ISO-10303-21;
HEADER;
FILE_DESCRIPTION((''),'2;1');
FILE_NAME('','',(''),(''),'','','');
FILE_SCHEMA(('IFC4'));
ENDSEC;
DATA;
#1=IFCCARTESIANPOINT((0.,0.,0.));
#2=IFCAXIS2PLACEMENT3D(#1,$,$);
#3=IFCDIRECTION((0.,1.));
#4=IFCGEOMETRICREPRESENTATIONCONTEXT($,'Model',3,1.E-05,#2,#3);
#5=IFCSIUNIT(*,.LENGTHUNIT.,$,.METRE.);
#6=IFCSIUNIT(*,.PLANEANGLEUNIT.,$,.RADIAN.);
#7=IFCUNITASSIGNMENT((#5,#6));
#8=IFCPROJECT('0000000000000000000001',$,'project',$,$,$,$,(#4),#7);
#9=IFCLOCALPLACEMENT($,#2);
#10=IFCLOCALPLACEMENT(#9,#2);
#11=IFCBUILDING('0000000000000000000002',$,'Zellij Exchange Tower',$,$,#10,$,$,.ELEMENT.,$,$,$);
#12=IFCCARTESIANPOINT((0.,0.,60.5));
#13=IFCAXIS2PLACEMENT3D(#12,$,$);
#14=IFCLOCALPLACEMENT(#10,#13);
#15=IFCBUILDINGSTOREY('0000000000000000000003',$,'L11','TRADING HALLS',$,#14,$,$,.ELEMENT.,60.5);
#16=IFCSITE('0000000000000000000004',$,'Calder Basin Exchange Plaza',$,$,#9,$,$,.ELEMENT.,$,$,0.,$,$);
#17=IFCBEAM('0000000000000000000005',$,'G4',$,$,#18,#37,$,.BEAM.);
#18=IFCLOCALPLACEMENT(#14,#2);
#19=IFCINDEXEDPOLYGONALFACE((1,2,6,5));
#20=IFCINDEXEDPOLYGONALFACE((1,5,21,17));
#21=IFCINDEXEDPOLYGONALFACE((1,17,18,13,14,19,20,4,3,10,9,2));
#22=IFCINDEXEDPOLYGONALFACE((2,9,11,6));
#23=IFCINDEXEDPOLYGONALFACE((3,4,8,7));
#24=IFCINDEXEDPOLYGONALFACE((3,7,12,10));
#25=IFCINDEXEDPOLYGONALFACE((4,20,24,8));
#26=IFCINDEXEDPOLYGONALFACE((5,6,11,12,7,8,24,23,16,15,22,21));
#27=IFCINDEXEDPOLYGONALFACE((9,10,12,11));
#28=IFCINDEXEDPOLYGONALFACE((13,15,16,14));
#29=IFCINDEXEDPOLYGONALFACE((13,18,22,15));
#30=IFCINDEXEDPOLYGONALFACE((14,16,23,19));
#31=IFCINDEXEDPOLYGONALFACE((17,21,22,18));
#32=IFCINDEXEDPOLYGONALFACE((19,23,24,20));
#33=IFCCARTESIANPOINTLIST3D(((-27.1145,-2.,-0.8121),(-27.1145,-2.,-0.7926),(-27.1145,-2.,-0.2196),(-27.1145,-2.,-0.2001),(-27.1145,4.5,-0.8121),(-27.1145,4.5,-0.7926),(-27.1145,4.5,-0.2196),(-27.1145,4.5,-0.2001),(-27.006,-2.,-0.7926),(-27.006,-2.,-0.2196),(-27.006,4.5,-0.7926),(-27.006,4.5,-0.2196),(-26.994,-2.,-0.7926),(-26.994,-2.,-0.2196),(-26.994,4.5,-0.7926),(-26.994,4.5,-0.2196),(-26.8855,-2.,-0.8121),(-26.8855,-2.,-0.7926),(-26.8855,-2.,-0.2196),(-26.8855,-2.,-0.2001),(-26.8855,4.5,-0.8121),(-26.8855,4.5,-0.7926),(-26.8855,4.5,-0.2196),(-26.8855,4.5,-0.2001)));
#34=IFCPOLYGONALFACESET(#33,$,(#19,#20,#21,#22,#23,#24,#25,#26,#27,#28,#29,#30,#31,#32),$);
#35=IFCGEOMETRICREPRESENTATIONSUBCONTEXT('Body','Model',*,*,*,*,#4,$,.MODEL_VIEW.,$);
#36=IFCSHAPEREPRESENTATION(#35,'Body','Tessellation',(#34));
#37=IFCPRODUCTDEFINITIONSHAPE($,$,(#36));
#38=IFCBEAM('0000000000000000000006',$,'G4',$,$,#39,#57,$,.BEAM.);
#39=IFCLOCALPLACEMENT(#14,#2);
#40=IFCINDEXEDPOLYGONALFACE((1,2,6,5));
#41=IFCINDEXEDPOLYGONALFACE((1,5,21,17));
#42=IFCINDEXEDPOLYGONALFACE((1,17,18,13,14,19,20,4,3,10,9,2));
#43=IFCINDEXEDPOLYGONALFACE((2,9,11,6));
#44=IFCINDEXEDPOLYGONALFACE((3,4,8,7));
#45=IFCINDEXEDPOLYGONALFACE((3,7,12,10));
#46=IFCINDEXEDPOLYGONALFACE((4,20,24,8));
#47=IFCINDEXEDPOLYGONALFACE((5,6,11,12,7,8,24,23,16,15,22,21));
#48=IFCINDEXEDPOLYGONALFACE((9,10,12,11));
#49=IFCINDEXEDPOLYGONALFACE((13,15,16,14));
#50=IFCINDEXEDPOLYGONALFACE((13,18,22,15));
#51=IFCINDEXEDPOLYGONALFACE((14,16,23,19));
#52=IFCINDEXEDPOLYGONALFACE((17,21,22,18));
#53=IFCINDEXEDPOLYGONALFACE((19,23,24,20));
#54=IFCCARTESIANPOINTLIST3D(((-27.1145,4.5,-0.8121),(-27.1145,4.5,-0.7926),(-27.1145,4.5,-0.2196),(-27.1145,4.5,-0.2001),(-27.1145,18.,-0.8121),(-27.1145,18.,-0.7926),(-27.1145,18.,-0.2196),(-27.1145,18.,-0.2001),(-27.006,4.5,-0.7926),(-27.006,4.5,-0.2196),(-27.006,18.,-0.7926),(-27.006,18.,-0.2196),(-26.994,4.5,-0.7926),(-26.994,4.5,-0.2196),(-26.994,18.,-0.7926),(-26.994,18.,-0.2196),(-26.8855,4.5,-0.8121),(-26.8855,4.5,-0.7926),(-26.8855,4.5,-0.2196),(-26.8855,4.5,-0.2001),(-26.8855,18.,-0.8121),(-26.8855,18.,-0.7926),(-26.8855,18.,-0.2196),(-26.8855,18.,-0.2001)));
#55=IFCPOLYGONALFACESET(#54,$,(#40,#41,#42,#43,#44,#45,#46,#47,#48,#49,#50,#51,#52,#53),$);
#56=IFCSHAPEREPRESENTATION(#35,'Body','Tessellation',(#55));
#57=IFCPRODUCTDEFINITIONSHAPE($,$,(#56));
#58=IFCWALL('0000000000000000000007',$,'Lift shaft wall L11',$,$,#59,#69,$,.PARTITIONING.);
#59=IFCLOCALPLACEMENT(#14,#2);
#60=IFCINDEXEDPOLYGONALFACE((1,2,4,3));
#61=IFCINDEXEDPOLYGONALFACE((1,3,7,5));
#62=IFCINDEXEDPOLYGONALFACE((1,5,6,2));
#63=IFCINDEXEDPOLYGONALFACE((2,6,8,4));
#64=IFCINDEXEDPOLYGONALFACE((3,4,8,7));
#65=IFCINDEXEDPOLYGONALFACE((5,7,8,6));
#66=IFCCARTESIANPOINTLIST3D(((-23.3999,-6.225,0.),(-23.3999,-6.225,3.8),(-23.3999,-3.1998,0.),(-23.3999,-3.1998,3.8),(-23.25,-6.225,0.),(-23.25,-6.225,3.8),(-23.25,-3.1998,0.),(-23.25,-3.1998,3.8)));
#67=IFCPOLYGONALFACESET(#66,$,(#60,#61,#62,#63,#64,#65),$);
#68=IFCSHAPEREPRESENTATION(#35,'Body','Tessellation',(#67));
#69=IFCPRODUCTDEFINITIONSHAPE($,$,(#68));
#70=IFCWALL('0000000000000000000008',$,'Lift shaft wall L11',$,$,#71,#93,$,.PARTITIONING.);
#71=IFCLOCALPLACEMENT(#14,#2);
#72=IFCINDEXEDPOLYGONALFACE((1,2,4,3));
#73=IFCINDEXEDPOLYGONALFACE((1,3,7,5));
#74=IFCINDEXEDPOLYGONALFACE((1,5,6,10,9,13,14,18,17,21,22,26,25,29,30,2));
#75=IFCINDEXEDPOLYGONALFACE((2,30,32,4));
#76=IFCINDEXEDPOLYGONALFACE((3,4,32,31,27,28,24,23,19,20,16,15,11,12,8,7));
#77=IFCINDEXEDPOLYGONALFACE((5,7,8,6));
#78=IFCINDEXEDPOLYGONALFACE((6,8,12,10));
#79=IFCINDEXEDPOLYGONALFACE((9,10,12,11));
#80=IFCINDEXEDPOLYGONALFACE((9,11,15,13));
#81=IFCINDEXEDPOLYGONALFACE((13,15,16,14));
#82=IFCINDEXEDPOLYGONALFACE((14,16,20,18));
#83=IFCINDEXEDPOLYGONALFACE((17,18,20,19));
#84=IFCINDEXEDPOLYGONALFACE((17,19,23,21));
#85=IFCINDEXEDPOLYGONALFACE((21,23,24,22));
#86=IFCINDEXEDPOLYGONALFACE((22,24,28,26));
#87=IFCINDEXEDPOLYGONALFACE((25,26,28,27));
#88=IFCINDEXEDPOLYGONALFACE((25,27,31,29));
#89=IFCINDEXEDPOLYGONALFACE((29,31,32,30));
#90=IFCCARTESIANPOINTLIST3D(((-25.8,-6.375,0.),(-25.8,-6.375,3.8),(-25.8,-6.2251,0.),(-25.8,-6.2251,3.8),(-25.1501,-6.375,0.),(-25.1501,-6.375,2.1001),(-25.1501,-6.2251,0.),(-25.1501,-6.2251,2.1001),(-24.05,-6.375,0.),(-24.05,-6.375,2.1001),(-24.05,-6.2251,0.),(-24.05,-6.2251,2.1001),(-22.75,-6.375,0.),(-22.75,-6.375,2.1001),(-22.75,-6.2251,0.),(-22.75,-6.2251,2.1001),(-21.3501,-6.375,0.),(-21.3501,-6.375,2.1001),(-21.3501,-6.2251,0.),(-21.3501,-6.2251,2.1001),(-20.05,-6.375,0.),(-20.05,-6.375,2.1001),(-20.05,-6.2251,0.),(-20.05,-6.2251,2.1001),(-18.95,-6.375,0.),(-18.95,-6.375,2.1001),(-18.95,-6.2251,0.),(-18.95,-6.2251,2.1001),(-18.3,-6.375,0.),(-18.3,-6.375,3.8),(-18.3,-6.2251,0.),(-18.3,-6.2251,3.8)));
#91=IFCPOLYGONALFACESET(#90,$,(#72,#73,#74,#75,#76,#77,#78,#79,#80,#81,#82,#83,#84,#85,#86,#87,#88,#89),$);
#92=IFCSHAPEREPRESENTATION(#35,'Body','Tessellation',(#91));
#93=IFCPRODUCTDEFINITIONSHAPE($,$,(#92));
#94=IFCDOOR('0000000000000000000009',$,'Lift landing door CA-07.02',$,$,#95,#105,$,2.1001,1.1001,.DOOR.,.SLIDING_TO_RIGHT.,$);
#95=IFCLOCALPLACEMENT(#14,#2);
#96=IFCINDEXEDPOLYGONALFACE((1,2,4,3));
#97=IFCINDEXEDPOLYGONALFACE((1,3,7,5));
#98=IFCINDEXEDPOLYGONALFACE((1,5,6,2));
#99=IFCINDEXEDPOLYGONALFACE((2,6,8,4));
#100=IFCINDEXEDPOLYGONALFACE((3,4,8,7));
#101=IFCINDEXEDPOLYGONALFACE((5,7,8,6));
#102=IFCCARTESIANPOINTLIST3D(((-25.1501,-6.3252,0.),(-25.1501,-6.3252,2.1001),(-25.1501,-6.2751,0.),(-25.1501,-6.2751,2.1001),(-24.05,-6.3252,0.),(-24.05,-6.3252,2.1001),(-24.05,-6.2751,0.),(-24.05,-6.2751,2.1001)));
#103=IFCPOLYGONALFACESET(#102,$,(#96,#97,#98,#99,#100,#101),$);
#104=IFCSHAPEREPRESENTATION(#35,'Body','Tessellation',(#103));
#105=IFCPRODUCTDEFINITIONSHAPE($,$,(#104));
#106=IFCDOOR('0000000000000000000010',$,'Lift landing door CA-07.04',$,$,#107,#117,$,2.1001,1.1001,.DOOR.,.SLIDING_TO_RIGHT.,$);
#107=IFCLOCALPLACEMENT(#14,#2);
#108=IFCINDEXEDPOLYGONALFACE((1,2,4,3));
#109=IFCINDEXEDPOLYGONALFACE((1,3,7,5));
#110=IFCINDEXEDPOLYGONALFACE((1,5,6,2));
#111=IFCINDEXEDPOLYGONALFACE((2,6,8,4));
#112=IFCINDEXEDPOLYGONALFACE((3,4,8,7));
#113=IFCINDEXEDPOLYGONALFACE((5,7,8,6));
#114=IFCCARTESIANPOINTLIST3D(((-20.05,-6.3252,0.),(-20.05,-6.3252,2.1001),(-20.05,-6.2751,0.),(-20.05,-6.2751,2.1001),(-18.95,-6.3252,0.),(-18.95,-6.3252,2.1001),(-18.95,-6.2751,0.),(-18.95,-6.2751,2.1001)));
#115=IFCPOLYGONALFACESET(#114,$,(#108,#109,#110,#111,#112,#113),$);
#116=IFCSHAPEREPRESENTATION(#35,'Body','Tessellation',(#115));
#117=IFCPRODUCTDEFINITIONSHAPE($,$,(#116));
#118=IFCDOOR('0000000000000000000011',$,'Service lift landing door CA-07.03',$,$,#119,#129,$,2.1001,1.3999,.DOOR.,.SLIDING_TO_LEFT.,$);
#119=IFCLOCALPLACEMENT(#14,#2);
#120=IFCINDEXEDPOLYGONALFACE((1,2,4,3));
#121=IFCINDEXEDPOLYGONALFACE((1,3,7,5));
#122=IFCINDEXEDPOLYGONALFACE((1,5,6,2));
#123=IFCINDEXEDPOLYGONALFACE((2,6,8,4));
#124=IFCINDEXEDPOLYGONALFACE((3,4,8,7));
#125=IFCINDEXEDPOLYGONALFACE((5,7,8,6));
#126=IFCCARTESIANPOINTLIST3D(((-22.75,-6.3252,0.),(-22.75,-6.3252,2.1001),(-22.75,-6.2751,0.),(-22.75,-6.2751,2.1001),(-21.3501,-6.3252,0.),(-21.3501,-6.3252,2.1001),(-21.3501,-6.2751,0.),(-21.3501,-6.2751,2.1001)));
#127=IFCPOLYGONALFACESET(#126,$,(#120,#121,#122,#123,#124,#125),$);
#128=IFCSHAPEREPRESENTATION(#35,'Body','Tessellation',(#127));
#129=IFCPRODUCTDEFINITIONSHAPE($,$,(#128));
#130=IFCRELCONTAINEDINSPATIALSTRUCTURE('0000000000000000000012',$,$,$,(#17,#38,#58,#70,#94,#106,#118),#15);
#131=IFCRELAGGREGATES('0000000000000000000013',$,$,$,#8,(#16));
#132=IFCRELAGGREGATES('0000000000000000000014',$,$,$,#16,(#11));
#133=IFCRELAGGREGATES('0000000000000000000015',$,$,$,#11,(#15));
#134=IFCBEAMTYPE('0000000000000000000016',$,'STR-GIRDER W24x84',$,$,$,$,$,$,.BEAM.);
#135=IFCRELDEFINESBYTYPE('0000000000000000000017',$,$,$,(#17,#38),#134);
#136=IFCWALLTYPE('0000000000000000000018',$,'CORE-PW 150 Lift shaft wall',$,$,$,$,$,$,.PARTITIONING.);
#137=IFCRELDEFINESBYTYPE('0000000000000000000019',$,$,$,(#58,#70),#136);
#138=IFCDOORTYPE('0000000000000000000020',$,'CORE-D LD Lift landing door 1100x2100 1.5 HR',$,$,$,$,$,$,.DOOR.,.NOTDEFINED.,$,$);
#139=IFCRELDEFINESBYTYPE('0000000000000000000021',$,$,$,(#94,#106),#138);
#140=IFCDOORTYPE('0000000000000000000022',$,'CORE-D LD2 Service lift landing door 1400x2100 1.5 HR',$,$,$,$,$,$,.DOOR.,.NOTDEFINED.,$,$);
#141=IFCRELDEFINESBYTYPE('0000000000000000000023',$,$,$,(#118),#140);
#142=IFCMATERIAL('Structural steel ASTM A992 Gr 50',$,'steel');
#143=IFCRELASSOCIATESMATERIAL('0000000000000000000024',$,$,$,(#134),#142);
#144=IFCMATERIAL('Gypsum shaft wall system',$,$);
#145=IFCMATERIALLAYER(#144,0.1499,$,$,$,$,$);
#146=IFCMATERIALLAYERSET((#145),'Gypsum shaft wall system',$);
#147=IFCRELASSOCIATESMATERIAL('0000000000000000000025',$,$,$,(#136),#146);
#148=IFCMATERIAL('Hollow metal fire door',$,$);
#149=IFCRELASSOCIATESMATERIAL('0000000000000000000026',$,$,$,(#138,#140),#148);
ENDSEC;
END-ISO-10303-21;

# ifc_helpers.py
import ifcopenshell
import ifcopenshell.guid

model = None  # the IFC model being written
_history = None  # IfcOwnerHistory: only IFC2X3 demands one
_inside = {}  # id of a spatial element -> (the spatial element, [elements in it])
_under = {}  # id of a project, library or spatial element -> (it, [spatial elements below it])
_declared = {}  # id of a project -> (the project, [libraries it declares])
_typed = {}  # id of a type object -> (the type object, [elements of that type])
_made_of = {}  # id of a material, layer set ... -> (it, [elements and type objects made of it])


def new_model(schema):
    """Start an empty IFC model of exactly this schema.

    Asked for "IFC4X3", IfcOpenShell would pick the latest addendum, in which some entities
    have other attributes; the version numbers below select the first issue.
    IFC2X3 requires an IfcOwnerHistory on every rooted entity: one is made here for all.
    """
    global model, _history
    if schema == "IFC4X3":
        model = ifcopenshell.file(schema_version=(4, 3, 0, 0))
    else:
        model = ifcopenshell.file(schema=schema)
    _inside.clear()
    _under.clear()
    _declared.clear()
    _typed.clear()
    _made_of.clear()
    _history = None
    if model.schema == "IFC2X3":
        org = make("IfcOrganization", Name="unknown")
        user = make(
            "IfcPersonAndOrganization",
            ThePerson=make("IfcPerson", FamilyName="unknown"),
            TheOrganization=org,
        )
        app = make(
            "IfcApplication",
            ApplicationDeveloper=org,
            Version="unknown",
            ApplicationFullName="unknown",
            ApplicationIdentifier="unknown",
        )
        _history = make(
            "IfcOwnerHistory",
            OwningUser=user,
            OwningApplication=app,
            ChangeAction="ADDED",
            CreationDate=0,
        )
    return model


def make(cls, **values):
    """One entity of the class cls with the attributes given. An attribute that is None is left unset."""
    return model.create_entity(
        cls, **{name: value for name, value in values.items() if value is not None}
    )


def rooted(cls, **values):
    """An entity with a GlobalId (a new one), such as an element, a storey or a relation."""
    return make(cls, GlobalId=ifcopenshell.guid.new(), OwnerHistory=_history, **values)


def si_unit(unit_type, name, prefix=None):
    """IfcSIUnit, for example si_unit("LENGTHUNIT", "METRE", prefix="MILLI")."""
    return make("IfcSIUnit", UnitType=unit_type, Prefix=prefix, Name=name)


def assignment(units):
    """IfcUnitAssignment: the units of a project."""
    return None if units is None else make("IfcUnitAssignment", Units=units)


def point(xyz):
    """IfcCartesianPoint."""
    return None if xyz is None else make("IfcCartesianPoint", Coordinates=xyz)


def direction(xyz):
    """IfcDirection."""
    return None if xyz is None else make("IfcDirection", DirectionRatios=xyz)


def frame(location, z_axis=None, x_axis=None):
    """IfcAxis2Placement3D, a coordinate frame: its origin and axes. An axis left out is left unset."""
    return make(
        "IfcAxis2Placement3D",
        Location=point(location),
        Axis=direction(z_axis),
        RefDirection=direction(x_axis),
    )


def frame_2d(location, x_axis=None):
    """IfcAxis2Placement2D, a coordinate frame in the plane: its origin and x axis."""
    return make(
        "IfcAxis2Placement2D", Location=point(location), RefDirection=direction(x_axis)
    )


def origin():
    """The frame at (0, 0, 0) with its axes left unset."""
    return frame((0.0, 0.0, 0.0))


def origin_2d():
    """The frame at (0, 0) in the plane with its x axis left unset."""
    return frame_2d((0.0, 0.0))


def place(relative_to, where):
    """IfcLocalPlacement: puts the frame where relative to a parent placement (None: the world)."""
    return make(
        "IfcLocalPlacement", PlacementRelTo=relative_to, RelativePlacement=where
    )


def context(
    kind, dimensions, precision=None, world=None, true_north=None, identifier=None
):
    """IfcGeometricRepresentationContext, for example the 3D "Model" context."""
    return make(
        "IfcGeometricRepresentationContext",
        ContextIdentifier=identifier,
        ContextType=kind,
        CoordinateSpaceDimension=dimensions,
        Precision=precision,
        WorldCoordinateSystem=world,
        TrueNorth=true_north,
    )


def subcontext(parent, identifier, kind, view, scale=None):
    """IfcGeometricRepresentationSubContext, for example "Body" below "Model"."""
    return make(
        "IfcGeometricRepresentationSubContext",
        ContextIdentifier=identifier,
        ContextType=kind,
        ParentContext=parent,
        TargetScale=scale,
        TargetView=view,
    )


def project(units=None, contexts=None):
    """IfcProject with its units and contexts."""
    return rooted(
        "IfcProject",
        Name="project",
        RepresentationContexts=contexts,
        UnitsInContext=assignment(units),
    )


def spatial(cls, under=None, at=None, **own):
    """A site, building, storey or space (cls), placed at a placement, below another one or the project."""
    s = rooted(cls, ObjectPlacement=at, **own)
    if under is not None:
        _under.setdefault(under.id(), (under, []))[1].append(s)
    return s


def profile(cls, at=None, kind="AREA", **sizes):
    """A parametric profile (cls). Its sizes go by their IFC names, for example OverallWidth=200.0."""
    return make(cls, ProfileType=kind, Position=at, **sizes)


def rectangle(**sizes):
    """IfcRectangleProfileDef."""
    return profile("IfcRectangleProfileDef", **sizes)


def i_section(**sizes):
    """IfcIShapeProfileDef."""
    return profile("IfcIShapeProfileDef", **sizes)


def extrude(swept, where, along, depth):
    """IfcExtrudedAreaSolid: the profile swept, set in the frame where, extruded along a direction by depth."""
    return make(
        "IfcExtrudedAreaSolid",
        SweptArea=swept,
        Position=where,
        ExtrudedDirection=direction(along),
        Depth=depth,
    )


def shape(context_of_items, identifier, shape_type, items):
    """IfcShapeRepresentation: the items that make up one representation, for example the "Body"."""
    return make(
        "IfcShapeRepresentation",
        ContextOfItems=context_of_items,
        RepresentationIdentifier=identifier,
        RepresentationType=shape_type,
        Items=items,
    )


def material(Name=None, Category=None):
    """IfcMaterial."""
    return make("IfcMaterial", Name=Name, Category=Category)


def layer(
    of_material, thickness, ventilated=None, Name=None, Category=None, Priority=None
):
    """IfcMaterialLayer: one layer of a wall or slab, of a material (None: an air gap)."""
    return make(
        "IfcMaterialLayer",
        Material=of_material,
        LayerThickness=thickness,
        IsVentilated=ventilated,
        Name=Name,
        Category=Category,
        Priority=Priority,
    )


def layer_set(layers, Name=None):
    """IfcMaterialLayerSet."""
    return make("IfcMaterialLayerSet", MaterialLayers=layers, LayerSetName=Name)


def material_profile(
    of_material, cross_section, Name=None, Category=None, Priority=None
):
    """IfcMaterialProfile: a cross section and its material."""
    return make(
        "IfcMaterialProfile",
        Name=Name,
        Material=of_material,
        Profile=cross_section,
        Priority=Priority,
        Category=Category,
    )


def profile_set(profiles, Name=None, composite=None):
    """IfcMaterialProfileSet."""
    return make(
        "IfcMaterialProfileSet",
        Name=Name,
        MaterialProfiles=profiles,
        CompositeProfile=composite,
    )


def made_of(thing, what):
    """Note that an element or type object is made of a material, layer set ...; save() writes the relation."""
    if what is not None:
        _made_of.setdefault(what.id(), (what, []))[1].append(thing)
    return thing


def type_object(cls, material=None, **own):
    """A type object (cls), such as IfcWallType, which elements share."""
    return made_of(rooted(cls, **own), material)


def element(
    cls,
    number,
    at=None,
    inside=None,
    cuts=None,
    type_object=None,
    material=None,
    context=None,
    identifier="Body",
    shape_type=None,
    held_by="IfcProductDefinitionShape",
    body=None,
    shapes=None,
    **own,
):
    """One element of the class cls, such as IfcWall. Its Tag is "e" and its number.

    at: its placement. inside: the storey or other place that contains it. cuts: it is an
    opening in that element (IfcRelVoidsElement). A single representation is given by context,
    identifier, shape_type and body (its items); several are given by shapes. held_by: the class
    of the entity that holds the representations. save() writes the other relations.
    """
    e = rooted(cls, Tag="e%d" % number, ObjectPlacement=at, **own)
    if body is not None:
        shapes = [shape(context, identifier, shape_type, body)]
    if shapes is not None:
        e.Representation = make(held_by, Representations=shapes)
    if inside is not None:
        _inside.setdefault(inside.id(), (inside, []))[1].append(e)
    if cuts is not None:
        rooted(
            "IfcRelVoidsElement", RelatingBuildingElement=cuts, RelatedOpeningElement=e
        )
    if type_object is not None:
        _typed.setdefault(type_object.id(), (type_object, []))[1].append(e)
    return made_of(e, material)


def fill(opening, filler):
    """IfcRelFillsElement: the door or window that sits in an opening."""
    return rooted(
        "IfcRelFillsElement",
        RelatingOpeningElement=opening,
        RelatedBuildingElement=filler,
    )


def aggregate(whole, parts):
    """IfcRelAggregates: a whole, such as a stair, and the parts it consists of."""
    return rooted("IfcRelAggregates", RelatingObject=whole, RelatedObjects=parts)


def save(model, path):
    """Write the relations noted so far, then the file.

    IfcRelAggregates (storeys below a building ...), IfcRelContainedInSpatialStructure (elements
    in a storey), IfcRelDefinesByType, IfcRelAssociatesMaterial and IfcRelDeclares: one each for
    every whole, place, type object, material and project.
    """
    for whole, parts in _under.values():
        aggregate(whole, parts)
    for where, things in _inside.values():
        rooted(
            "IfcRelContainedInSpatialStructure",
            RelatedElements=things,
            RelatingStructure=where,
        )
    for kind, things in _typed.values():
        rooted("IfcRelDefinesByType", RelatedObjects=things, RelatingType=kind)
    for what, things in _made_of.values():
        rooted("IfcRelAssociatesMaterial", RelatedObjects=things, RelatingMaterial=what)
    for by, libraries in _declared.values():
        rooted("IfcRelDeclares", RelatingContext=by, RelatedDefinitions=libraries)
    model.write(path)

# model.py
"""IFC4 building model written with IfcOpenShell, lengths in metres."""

from ifc_helpers import new_model, si_unit, direction, frame, frame_2d, origin, origin_2d, place, context, subcontext, project, spatial, rectangle, i_section, extrude, material, layer, layer_set, material_profile, profile_set, type_object, element, fill, save


model = new_model("IFC4")

# Units and contexts
model_context = context("Model", 3, precision=1e-05, world=origin(), true_north=direction((0.0, 1.0)))
body_context = subcontext(model_context, "Body", "Model", "MODEL_VIEW")
ifc_project = project(units=[si_unit("LENGTHUNIT", "METRE"), si_unit("PLANEANGLEUNIT", "RADIAN")], contexts=[model_context])

# Site, building, storey
site_placement = place(None, origin())
site = spatial("IfcSite", under=ifc_project, at=site_placement, Name="Calder Basin Exchange Plaza", CompositionType="ELEMENT", RefElevation=0.0)
building_placement = place(site_placement, origin())
building = spatial("IfcBuilding", under=site, at=building_placement, Name="Zellij Exchange Tower", CompositionType="ELEMENT")
storey_placement = place(building_placement, frame((0.0, 0.0, 60.5)))
storey = spatial("IfcBuildingStorey", under=building, at=storey_placement, Name="L11", Description="TRADING HALLS", CompositionType="ELEMENT", Elevation=60.5)

# Beams
ifc_material_1 = material(Name="Structural steel ASTM A992 Gr 50", Category="steel")
ifc_material_profile_1 = material_profile(ifc_material_1, i_section(OverallWidth=0.229, OverallDepth=0.6121, WebThickness=0.012, FlangeThickness=0.0195, at=origin_2d()), Name="W24x84")
ifc_profile_set_1 = profile_set([ifc_material_profile_1], Name="Structural steel ASTM A992 Gr 50")
beam_type_1 = type_object("IfcBeamType", Name="STR-GIRDER W24x84", PredefinedType="BEAM", material=ifc_profile_set_1)
beam_1_placement = place(storey_placement, frame((-27.0, -2.0, -0.5061), z_axis=(0.0, 1.0, 0.0), x_axis=(-1.0, 0.0, 0.0)))
element("IfcBeam", 1, at=beam_1_placement, inside=storey, type_object=beam_type_1, Name="G4", PredefinedType="BEAM", context=body_context, shape_type="SweptSolid", body=[
    extrude(i_section(OverallWidth=0.229, OverallDepth=0.6121, WebThickness=0.012, FlangeThickness=0.0195, at=origin_2d()), origin(), (0.0, 0.0, 1.0), 6.5),
])
beam_2_placement = place(storey_placement, frame((-27.0, 4.5, -0.5061), z_axis=(0.0, 1.0, 0.0), x_axis=(-1.0, 0.0, 0.0)))
element("IfcBeam", 2, at=beam_2_placement, inside=storey, type_object=beam_type_1, Name="G4", PredefinedType="BEAM", context=body_context, shape_type="SweptSolid", body=[
    extrude(i_section(OverallWidth=0.229, OverallDepth=0.6121, WebThickness=0.012, FlangeThickness=0.0195, at=origin_2d()), origin(), (0.0, 0.0, 1.0), 13.5),
])

# Wall
ifc_material_2 = material(Name="Gypsum shaft wall system")
ifc_layer_1 = layer(ifc_material_2, 0.1499)
ifc_layer_set_1 = layer_set([ifc_layer_1], Name="Gypsum shaft wall system")
wall_type_1 = type_object("IfcWallType", Name="CORE-PW 150 Lift shaft wall", PredefinedType="PARTITIONING", material=ifc_layer_set_1)
wall_1_placement = place(storey_placement, frame((-23.325, -6.2251, 0.0), z_axis=(0.0, 0.0, 1.0), x_axis=(0.0, 1.0, 0.0)))
element("IfcWall", 3, at=wall_1_placement, inside=storey, type_object=wall_type_1, Name="Lift shaft wall L11", PredefinedType="PARTITIONING", context=body_context, shape_type="SweptSolid", body=[
    extrude(rectangle(XDim=3.0251, YDim=0.1499, at=frame_2d((1.5127, 0.0))), origin(), (0.0, 0.0, 1.0), 3.8),
])

# Wall, openings, doors
wall_2_placement = place(storey_placement, frame((-25.8, -6.3, 0.0), z_axis=(0.0, 0.0, 1.0), x_axis=(1.0, 0.0, 0.0)))
wall_2 = element("IfcWall", 4, at=wall_2_placement, inside=storey, type_object=wall_type_1, Name="Lift shaft wall L11", PredefinedType="PARTITIONING", context=body_context, shape_type="SweptSolid", body=[
    extrude(rectangle(XDim=7.5, YDim=0.1499, at=frame_2d((3.75, 0.0))), origin(), (0.0, 0.0, 1.0), 3.8),
])
opening_1_placement = place(wall_2_placement, frame((0.6499, 0.0, 0.0)))
opening_1 = element("IfcOpeningElement", 5, at=opening_1_placement, cuts=wall_2, PredefinedType="OPENING", context=body_context, shape_type="SweptSolid", body=[
    extrude(rectangle(XDim=1.1001, YDim=2.1001, at=frame_2d((0.55, 1.05))), frame((0.0, 0.0869, 0.0), z_axis=(0.0, -1.0, 0.0), x_axis=(1.0, 0.0, 0.0)), (0.0, 0.0, 1.0), 0.1738),
])
opening_2_placement = place(wall_2_placement, frame((3.05, 0.0, 0.0)))
opening_2 = element("IfcOpeningElement", 6, at=opening_2_placement, cuts=wall_2, PredefinedType="OPENING", context=body_context, shape_type="SweptSolid", body=[
    extrude(rectangle(XDim=1.3999, YDim=2.1001, at=frame_2d((0.7, 1.05))), frame((0.0, 0.0869, 0.0), z_axis=(0.0, -1.0, 0.0), x_axis=(1.0, 0.0, 0.0)), (0.0, 0.0, 1.0), 0.1738),
])
opening_3_placement = place(wall_2_placement, frame((5.75, 0.0, 0.0)))
opening_3 = element("IfcOpeningElement", 7, at=opening_3_placement, cuts=wall_2, PredefinedType="OPENING", context=body_context, shape_type="SweptSolid", body=[
    extrude(rectangle(XDim=1.1001, YDim=2.1001, at=frame_2d((0.55, 1.05))), frame((0.0, 0.0869, 0.0), z_axis=(0.0, -1.0, 0.0), x_axis=(1.0, 0.0, 0.0)), (0.0, 0.0, 1.0), 0.1738),
])
ifc_material_3 = material(Name="Hollow metal fire door")
door_type_1 = type_object("IfcDoorType", Name="CORE-D LD Lift landing door 1100x2100 1.5 HR", OperationType="NOTDEFINED", PredefinedType="DOOR", material=ifc_material_3)
door_1_placement = place(opening_1_placement, origin())
door_1 = element("IfcDoor", 8, at=door_1_placement, inside=storey, type_object=door_type_1, Name="Lift landing door CA-07.02", OperationType="SLIDING_TO_RIGHT", OverallHeight=2.1001, OverallWidth=1.1001, PredefinedType="DOOR", context=body_context, shape_type="SweptSolid", body=[
    extrude(rectangle(XDim=1.1001, YDim=2.1001, at=frame_2d((0.55, 1.05))), frame((0.0, 0.0249, 0.0), z_axis=(0.0, -1.0, 0.0), x_axis=(1.0, 0.0, 0.0)), (0.0, 0.0, 1.0), 0.05),
])
fill(opening_1, door_1)
door_2_placement = place(opening_3_placement, origin())
door_2 = element("IfcDoor", 9, at=door_2_placement, inside=storey, type_object=door_type_1, Name="Lift landing door CA-07.04", OperationType="SLIDING_TO_RIGHT", OverallHeight=2.1001, OverallWidth=1.1001, PredefinedType="DOOR", context=body_context, shape_type="SweptSolid", body=[
    extrude(rectangle(XDim=1.1001, YDim=2.1001, at=frame_2d((0.55, 1.05))), frame((0.0, 0.0249, 0.0), z_axis=(0.0, -1.0, 0.0), x_axis=(1.0, 0.0, 0.0)), (0.0, 0.0, 1.0), 0.05),
])
fill(opening_3, door_2)
door_type_2 = type_object("IfcDoorType", Name="CORE-D LD2 Service lift landing door 1400x2100 1.5 HR", OperationType="NOTDEFINED", PredefinedType="DOOR", material=ifc_material_3)
door_3_placement = place(opening_2_placement, origin())
door_3 = element("IfcDoor", 10, at=door_3_placement, inside=storey, type_object=door_type_2, Name="Service lift landing door CA-07.03", OperationType="SLIDING_TO_LEFT", OverallHeight=2.1001, OverallWidth=1.3999, PredefinedType="DOOR", context=body_context, shape_type="SweptSolid", body=[
    extrude(rectangle(XDim=1.3999, YDim=2.1001, at=frame_2d((0.7, 1.05))), frame((0.0, 0.0249, 0.0), z_axis=(0.0, -1.0, 0.0), x_axis=(1.0, 0.0, 0.0)), (0.0, 0.0, 1.0), 0.05),
])
fill(opening_2, door_3)

save(model, "model.ifc")
